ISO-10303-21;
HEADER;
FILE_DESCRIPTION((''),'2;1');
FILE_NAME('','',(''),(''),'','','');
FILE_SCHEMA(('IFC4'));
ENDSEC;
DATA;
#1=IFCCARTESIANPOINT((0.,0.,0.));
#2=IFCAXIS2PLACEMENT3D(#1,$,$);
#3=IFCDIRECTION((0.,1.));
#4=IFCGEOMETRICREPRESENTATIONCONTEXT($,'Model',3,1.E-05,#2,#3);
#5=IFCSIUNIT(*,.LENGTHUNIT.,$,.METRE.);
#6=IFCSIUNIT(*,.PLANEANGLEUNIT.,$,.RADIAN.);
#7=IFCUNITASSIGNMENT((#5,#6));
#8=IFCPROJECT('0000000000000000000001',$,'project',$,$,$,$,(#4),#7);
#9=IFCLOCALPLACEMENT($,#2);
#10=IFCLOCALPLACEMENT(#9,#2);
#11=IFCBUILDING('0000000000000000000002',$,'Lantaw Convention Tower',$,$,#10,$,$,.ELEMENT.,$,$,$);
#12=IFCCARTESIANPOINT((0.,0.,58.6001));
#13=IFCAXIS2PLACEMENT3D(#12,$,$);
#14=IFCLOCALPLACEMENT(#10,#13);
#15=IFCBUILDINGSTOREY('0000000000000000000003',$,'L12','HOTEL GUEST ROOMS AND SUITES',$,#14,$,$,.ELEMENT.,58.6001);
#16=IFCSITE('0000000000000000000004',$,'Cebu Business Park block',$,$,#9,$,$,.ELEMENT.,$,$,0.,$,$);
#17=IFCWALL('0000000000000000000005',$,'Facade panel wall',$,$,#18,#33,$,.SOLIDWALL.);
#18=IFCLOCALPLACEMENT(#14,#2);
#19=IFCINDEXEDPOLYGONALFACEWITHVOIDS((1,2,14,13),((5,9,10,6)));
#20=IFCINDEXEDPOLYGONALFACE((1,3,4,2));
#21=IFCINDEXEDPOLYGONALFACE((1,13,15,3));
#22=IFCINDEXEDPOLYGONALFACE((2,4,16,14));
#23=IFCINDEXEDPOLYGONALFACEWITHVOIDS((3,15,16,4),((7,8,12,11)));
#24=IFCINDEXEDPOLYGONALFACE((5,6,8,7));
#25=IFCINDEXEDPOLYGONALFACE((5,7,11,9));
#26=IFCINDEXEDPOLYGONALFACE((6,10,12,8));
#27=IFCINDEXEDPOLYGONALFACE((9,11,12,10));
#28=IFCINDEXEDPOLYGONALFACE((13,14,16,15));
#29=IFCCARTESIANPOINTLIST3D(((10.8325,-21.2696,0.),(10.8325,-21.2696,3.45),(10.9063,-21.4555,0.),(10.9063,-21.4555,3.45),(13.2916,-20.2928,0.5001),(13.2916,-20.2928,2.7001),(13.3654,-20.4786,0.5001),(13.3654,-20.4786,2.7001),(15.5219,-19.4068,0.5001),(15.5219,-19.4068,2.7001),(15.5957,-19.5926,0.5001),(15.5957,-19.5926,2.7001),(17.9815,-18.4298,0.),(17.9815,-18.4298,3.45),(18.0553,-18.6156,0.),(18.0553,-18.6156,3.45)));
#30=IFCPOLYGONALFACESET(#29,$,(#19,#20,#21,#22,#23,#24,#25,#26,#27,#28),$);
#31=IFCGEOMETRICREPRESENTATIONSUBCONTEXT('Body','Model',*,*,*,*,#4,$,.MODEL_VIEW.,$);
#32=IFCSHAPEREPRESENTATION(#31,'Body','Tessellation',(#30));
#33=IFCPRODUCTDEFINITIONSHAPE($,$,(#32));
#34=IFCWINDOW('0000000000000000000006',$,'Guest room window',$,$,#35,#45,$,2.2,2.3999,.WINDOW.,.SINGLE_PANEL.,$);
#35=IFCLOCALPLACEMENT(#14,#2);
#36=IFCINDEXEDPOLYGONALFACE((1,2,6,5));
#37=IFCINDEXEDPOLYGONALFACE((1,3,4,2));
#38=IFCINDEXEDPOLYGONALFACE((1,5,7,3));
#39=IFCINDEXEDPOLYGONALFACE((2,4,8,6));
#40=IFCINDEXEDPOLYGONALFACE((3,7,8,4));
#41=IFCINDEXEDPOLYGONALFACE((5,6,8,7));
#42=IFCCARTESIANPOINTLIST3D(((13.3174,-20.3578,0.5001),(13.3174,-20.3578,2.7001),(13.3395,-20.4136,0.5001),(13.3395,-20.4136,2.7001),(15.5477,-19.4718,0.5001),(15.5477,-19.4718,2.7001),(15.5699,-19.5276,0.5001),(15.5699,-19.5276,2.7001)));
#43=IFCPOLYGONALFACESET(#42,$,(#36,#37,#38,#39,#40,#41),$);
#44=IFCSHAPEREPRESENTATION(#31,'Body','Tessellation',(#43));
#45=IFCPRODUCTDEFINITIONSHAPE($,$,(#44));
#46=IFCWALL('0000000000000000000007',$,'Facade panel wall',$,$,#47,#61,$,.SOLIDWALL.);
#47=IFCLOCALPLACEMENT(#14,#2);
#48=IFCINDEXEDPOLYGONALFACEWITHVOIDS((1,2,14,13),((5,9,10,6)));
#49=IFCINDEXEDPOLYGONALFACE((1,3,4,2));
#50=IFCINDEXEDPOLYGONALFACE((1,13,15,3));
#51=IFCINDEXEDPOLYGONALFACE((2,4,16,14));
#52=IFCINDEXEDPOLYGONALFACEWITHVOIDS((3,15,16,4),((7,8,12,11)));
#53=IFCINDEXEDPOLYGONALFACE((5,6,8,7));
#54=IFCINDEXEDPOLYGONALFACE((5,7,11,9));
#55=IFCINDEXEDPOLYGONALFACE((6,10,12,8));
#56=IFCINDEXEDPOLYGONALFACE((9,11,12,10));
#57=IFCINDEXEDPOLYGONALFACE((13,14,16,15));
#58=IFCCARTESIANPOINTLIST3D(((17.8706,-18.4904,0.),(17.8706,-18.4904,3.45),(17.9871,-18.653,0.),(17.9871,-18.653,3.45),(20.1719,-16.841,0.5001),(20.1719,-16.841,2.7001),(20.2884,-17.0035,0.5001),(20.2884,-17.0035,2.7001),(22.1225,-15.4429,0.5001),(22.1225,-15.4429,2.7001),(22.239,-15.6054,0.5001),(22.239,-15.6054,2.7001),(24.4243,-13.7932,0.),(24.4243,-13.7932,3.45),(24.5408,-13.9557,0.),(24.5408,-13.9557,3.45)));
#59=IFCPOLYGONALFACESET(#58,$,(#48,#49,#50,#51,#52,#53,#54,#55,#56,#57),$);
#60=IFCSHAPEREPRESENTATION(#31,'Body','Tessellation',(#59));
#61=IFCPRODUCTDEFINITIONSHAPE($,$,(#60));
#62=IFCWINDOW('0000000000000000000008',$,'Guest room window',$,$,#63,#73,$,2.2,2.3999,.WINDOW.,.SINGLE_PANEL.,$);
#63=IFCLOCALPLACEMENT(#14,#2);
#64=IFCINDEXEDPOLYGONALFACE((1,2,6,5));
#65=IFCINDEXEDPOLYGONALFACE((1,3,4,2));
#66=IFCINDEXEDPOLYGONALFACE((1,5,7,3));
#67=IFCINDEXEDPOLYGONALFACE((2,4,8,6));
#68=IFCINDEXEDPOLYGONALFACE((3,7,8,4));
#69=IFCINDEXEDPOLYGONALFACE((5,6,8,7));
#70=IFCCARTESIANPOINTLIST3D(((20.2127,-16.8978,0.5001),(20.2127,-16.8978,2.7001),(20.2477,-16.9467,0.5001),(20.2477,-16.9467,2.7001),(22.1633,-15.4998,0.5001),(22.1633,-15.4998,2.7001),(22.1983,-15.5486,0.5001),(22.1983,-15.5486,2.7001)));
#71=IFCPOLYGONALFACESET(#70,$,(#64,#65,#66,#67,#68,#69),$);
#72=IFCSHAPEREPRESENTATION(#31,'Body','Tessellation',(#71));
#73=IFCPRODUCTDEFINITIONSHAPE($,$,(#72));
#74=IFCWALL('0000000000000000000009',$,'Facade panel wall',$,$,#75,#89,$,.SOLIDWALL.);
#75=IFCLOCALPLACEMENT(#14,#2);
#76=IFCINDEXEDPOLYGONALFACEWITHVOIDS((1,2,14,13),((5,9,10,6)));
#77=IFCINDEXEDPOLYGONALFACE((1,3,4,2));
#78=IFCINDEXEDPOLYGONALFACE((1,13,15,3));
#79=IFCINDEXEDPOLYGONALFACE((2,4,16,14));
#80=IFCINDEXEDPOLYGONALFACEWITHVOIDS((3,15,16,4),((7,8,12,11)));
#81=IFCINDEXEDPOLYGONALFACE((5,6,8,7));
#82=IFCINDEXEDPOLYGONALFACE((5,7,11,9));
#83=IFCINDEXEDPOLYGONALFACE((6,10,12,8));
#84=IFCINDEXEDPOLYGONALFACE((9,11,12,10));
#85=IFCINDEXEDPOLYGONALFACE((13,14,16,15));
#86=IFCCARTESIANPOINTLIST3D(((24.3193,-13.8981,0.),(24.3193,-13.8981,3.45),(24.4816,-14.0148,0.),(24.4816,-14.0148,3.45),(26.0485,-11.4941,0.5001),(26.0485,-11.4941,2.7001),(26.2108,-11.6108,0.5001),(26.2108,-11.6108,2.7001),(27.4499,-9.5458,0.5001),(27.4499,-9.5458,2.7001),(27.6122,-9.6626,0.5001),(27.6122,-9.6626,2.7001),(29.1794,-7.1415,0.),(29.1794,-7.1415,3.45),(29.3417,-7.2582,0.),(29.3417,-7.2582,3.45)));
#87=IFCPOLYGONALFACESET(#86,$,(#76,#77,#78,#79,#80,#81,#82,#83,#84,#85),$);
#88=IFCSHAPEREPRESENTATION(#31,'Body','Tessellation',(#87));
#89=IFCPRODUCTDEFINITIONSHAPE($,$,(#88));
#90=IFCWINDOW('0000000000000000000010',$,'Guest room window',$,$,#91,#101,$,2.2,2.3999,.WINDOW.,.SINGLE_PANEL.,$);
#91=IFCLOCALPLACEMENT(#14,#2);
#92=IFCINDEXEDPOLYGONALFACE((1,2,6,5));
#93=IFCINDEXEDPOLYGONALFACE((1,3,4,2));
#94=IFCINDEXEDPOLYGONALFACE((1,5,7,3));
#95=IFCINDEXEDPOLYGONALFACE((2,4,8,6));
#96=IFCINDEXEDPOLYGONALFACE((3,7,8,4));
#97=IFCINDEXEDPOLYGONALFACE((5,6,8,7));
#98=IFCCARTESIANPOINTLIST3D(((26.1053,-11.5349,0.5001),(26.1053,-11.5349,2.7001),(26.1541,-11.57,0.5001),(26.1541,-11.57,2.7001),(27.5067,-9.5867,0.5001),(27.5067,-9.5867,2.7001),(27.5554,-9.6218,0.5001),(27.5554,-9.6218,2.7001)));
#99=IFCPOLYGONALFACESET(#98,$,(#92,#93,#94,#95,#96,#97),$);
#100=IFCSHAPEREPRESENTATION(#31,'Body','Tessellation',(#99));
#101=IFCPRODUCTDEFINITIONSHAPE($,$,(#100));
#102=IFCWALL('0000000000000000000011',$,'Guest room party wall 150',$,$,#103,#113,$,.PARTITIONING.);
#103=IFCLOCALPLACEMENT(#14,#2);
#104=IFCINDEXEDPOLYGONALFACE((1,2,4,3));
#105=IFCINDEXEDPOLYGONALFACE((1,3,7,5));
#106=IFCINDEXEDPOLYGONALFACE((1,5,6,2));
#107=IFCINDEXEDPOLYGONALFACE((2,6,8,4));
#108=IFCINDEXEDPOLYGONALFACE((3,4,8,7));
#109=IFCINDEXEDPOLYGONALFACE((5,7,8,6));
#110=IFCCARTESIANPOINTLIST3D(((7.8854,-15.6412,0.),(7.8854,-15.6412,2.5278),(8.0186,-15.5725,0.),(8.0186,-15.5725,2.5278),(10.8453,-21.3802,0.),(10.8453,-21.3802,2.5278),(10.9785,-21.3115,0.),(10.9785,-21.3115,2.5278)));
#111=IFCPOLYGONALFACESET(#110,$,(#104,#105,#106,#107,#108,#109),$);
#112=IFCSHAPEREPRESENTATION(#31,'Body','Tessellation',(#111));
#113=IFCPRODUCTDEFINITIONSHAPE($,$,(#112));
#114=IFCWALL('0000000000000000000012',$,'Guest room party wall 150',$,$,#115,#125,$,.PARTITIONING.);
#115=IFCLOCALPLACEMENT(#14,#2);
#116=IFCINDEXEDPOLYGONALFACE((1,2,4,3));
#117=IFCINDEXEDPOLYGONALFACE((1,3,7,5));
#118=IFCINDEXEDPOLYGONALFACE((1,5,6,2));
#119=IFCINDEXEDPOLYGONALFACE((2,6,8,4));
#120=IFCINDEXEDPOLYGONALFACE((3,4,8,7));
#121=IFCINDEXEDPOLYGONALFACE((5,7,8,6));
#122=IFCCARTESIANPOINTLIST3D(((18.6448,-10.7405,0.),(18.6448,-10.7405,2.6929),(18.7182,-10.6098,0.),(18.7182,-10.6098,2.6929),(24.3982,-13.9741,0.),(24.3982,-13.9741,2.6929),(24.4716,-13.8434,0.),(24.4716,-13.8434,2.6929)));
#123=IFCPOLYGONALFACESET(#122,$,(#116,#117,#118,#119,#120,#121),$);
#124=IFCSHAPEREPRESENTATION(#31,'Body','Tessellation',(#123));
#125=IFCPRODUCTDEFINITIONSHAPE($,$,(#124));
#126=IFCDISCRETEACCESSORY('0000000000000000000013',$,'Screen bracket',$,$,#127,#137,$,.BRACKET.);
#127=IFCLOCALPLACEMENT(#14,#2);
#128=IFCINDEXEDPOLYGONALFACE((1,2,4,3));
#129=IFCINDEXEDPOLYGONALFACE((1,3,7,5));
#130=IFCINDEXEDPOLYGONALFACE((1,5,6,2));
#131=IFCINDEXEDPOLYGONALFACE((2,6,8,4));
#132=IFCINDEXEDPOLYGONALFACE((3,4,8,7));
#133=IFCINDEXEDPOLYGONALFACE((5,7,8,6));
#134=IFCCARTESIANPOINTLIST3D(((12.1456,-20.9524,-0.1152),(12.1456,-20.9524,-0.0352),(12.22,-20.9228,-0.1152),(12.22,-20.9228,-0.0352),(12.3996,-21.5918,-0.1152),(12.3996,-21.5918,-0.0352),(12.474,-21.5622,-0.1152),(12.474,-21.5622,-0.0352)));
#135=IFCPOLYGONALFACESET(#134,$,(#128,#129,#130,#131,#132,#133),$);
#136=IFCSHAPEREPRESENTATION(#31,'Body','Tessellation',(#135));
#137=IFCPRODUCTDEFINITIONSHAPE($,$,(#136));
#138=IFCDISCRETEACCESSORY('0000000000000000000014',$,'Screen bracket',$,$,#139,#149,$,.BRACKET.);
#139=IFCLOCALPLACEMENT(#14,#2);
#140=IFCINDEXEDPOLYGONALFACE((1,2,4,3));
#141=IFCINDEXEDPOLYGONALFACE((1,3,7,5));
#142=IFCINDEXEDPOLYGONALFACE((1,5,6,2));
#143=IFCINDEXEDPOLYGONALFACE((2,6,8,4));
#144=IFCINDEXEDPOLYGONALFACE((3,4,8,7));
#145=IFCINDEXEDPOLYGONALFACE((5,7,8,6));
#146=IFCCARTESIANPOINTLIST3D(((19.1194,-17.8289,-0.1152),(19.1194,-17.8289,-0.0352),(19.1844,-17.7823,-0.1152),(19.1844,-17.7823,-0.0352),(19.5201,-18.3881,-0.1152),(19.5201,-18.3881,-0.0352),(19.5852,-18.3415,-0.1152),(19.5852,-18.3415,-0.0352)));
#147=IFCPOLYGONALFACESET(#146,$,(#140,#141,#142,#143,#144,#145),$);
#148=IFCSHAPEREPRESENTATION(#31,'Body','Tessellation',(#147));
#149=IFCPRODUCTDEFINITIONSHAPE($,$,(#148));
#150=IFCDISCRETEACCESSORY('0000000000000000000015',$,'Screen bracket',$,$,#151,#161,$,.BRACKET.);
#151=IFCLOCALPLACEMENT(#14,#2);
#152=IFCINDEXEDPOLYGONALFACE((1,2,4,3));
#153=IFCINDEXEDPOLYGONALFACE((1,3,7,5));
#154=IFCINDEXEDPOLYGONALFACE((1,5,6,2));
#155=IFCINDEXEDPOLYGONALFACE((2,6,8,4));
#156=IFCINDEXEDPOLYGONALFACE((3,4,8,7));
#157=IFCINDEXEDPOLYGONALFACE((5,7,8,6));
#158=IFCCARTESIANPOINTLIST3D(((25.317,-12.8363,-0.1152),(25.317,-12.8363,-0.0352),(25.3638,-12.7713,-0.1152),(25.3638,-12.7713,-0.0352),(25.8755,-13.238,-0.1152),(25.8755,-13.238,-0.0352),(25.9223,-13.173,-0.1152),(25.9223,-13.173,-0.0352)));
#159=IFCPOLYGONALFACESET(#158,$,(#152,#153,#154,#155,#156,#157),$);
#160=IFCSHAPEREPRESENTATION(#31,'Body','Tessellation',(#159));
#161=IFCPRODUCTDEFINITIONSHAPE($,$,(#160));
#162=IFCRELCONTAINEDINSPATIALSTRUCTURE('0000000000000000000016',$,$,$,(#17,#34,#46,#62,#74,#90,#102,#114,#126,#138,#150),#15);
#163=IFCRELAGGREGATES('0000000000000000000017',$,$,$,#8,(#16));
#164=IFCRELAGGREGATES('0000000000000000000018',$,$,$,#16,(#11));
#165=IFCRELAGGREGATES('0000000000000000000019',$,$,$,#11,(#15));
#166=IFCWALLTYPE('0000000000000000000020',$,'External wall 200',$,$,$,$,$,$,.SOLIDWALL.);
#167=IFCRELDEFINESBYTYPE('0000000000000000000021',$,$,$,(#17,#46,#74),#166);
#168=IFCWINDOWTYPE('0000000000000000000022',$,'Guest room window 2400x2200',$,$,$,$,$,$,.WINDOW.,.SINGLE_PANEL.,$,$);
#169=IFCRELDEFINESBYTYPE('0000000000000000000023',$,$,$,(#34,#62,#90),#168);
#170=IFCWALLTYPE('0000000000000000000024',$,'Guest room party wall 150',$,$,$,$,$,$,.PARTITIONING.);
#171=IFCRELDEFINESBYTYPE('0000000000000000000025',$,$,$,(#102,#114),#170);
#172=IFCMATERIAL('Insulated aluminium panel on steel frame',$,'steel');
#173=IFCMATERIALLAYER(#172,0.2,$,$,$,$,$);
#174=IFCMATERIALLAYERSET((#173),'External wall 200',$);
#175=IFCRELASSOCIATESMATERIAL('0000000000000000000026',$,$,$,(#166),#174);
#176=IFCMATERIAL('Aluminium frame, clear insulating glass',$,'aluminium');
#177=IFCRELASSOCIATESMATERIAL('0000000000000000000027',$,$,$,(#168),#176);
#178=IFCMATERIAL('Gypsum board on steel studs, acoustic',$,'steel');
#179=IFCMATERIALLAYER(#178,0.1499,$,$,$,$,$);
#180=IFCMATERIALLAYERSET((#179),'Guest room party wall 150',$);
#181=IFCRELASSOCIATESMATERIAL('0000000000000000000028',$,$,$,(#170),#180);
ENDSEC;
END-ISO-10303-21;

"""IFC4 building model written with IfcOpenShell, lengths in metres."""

from ifc_helpers import new_model, si_unit, direction, frame, frame_2d, origin, origin_2d, place, context, subcontext, project, spatial, rectangle, extrude, material, layer, layer_set, type_object, element, fill, save


model = new_model("IFC4")

# Units and contexts
model_context = context("Model", 3, precision=1e-05, world=origin(), true_north=direction((0.0, 1.0)))
body_context = subcontext(model_context, "Body", "Model", "MODEL_VIEW")
ifc_project = project(units=[si_unit("LENGTHUNIT", "METRE"), si_unit("PLANEANGLEUNIT", "RADIAN")], contexts=[model_context])

# Site, building, storey
site_placement = place(None, origin())
site = spatial("IfcSite", under=ifc_project, at=site_placement, Name="Cebu Business Park block", CompositionType="ELEMENT", RefElevation=0.0)
building_placement = place(site_placement, origin())
building = spatial("IfcBuilding", under=site, at=building_placement, Name="Lantaw Convention Tower", CompositionType="ELEMENT")
storey_placement = place(building_placement, frame((0.0, 0.0, 58.6001)))
storey = spatial("IfcBuildingStorey", under=building, at=storey_placement, Name="L12", Description="HOTEL GUEST ROOMS AND SUITES", CompositionType="ELEMENT", Elevation=58.6001)

# Walls, openings, windows
ifc_material_1 = material(Name="Insulated aluminium panel on steel frame", Category="steel")
ifc_layer_1 = layer(ifc_material_1, 0.2)
ifc_layer_set_1 = layer_set([ifc_layer_1], Name="External wall 200")
wall_type_1 = type_object("IfcWallType", Name="External wall 200", PredefinedType="SOLIDWALL", material=ifc_layer_set_1)
wall_1_placement = place(storey_placement, frame((10.8694, -21.3625, 0.0), z_axis=(0.0, 0.0, 1.0), x_axis=(0.929358, 0.369179, 0.0)))
wall_1 = element("IfcWall", 1, at=wall_1_placement, inside=storey, type_object=wall_type_1, Name="Facade panel wall", PredefinedType="SOLIDWALL", context=body_context, shape_type="SweptSolid", body=[
    extrude(rectangle(XDim=7.6924, YDim=0.2, at=frame_2d((3.8462, 0.0))), origin(), (0.0, 0.0, 1.0), 3.45),
])
opening_1_placement = place(wall_1_placement, frame((2.646, 0.0, 0.5)))
opening_1 = element("IfcOpeningElement", 2, at=opening_1_placement, cuts=wall_1, PredefinedType="OPENING", context=body_context, shape_type="SweptSolid", body=[
    extrude(rectangle(XDim=2.3999, YDim=2.2, at=frame_2d((1.2, 1.1001))), frame((0.0, 0.1099, 0.0), z_axis=(0.0, -1.0, 0.0), x_axis=(1.0, 0.0, 0.0)), (0.0, 0.0, 1.0), 0.22),
])
ifc_material_2 = material(Name="Aluminium frame, clear insulating glass", Category="aluminium")
window_type = type_object("IfcWindowType", Name="Guest room window 2400x2200", PartitioningType="SINGLE_PANEL", PredefinedType="WINDOW", material=ifc_material_2)
window_1_placement = place(opening_1_placement, origin())
window_1 = element("IfcWindow", 3, at=window_1_placement, inside=storey, type_object=window_type, Name="Guest room window", OverallHeight=2.2, OverallWidth=2.3999, PartitioningType="SINGLE_PANEL", PredefinedType="WINDOW", context=body_context, shape_type="SweptSolid", body=[
    extrude(rectangle(XDim=2.3999, YDim=2.2, at=frame_2d((1.2, 1.1001))), frame((0.0, 0.03, 0.0), z_axis=(0.0, -1.0, 0.0), x_axis=(1.0, 0.0, 0.0)), (0.0, 0.0, 1.0), 0.0601),
])
fill(opening_1, window_1)
wall_2_placement = place(storey_placement, frame((17.9287, -18.5718, 0.0), z_axis=(0.0, 0.0, 1.0), x_axis=(0.812791, 0.582555, 0.0)))
wall_2 = element("IfcWall", 4, at=wall_2_placement, inside=storey, type_object=wall_type_1, Name="Facade panel wall", PredefinedType="SOLIDWALL", context=body_context, shape_type="SweptSolid", body=[
    extrude(rectangle(XDim=8.0632, YDim=0.2, at=frame_2d((4.0317, 0.0))), origin(), (0.0, 0.0, 1.0), 3.45),
])
opening_2_placement = place(wall_2_placement, frame((2.8315, 0.0, 0.5)))
opening_2 = element("IfcOpeningElement", 5, at=opening_2_placement, cuts=wall_2, PredefinedType="OPENING", context=body_context, shape_type="SweptSolid", body=[
    extrude(rectangle(XDim=2.3999, YDim=2.2, at=frame_2d((1.2, 1.1001))), frame((0.0, 0.1099, 0.0), z_axis=(0.0, -1.0, 0.0), x_axis=(1.0, 0.0, 0.0)), (0.0, 0.0, 1.0), 0.22),
])
window_2_placement = place(opening_2_placement, origin())
window_2 = element("IfcWindow", 6, at=window_2_placement, inside=storey, type_object=window_type, Name="Guest room window", OverallHeight=2.2, OverallWidth=2.3999, PartitioningType="SINGLE_PANEL", PredefinedType="WINDOW", context=body_context, shape_type="SweptSolid", body=[
    extrude(rectangle(XDim=2.3999, YDim=2.2, at=frame_2d((1.2, 1.1001))), frame((0.0, 0.03, 0.0), z_axis=(0.0, -1.0, 0.0), x_axis=(1.0, 0.0, 0.0)), (0.0, 0.0, 1.0), 0.0601),
])
fill(opening_2, window_2)
wall_3_placement = place(storey_placement, frame((24.4004, -13.9565, 0.0), z_axis=(0.0, 0.0, 1.0), x_axis=(0.583938, 0.811799, 0.0)))
wall_3 = element("IfcWall", 7, at=wall_3_placement, inside=storey, type_object=wall_type_1, Name="Facade panel wall", PredefinedType="SOLIDWALL", context=body_context, shape_type="SweptSolid", body=[
    extrude(rectangle(XDim=8.323, YDim=0.2, at=frame_2d((4.1616, 0.0))), origin(), (0.0, 0.0, 1.0), 3.45),
])
opening_3_placement = place(wall_3_placement, frame((2.9614, 0.0, 0.5)))
opening_3 = element("IfcOpeningElement", 8, at=opening_3_placement, cuts=wall_3, PredefinedType="OPENING", context=body_context, shape_type="SweptSolid", body=[
    extrude(rectangle(XDim=2.3999, YDim=2.2, at=frame_2d((1.2, 1.1001))), frame((0.0, 0.1099, 0.0), z_axis=(0.0, -1.0, 0.0), x_axis=(1.0, 0.0, 0.0)), (0.0, 0.0, 1.0), 0.22),
])
window_3_placement = place(opening_3_placement, origin())
window_3 = element("IfcWindow", 9, at=window_3_placement, inside=storey, type_object=window_type, Name="Guest room window", OverallHeight=2.2, OverallWidth=2.3999, PartitioningType="SINGLE_PANEL", PredefinedType="WINDOW", context=body_context, shape_type="SweptSolid", body=[
    extrude(rectangle(XDim=2.3999, YDim=2.2, at=frame_2d((1.2, 1.1001))), frame((0.0, 0.03, 0.0), z_axis=(0.0, -1.0, 0.0), x_axis=(1.0, 0.0, 0.0)), (0.0, 0.0, 1.0), 0.0601),
])
fill(opening_3, window_3)

# Walls
ifc_material_3 = material(Name="Gypsum board on steel studs, acoustic", Category="steel")
ifc_layer_2 = layer(ifc_material_3, 0.1499)
ifc_layer_set_2 = layer_set([ifc_layer_2], Name="Guest room party wall 150")
wall_type_2 = type_object("IfcWallType", Name="Guest room party wall 150", PredefinedType="PARTITIONING", material=ifc_layer_set_2)
wall_4_placement = place(storey_placement, frame((10.9119, -21.3457, 0.0), z_axis=(0.0, 0.0, 1.0), x_axis=(-0.458385, 0.888754, 0.0)))
element("IfcWall", 10, at=wall_4_placement, inside=storey, type_object=wall_type_2, Name="Guest room party wall 150", PredefinedType="PARTITIONING", context=body_context, shape_type="SweptSolid", body=[
    extrude(rectangle(XDim=6.4573, YDim=0.1499, at=frame_2d((3.2285, 0.0))), origin(), (0.0, 0.0, 1.0), 2.5278),
])
wall_5_placement = place(storey_placement, frame((24.4348, -13.9087, 0.0), z_axis=(0.0, 0.0, 1.0), x_axis=(-0.871747, 0.489956, 0.0)))
element("IfcWall", 11, at=wall_5_placement, inside=storey, type_object=wall_type_2, Name="Guest room party wall 150", PredefinedType="PARTITIONING", context=body_context, shape_type="SweptSolid", body=[
    extrude(rectangle(XDim=6.5999, YDim=0.1499, at=frame_2d((3.2998, 0.0))), origin(), (0.0, 0.0, 1.0), 2.6929),
])

# Discrete accessories
for number, where, z_axis, x_axis, name in (
    (12, (12.3098, -21.2573, -0.1152), (0.0, 0.0, 1.0), (0.929361, 0.369172, 0.0), "Screen bracket"),
    (13, (19.3523, -18.0852, -0.1152), (0.0, 0.0, 1.0), (0.812804, 0.582538, 0.0), "Screen bracket"),
    (14, (25.6196, -13.0046, -0.1152), (0.0, 0.0, 1.0), (0.583951, 0.811789, 0.0), "Screen bracket"),
):
    element("IfcDiscreteAccessory", number, at=place(storey_placement, frame(where, z_axis=z_axis, x_axis=x_axis)), inside=storey, Name=name, PredefinedType="BRACKET", context=body_context, shape_type="SweptSolid", body=[
        extrude(rectangle(XDim=0.0801, YDim=0.688, at=origin_2d()), origin(), (0.0, 0.0, 1.0), 0.0801),
    ])

save(model, "model.ifc")
